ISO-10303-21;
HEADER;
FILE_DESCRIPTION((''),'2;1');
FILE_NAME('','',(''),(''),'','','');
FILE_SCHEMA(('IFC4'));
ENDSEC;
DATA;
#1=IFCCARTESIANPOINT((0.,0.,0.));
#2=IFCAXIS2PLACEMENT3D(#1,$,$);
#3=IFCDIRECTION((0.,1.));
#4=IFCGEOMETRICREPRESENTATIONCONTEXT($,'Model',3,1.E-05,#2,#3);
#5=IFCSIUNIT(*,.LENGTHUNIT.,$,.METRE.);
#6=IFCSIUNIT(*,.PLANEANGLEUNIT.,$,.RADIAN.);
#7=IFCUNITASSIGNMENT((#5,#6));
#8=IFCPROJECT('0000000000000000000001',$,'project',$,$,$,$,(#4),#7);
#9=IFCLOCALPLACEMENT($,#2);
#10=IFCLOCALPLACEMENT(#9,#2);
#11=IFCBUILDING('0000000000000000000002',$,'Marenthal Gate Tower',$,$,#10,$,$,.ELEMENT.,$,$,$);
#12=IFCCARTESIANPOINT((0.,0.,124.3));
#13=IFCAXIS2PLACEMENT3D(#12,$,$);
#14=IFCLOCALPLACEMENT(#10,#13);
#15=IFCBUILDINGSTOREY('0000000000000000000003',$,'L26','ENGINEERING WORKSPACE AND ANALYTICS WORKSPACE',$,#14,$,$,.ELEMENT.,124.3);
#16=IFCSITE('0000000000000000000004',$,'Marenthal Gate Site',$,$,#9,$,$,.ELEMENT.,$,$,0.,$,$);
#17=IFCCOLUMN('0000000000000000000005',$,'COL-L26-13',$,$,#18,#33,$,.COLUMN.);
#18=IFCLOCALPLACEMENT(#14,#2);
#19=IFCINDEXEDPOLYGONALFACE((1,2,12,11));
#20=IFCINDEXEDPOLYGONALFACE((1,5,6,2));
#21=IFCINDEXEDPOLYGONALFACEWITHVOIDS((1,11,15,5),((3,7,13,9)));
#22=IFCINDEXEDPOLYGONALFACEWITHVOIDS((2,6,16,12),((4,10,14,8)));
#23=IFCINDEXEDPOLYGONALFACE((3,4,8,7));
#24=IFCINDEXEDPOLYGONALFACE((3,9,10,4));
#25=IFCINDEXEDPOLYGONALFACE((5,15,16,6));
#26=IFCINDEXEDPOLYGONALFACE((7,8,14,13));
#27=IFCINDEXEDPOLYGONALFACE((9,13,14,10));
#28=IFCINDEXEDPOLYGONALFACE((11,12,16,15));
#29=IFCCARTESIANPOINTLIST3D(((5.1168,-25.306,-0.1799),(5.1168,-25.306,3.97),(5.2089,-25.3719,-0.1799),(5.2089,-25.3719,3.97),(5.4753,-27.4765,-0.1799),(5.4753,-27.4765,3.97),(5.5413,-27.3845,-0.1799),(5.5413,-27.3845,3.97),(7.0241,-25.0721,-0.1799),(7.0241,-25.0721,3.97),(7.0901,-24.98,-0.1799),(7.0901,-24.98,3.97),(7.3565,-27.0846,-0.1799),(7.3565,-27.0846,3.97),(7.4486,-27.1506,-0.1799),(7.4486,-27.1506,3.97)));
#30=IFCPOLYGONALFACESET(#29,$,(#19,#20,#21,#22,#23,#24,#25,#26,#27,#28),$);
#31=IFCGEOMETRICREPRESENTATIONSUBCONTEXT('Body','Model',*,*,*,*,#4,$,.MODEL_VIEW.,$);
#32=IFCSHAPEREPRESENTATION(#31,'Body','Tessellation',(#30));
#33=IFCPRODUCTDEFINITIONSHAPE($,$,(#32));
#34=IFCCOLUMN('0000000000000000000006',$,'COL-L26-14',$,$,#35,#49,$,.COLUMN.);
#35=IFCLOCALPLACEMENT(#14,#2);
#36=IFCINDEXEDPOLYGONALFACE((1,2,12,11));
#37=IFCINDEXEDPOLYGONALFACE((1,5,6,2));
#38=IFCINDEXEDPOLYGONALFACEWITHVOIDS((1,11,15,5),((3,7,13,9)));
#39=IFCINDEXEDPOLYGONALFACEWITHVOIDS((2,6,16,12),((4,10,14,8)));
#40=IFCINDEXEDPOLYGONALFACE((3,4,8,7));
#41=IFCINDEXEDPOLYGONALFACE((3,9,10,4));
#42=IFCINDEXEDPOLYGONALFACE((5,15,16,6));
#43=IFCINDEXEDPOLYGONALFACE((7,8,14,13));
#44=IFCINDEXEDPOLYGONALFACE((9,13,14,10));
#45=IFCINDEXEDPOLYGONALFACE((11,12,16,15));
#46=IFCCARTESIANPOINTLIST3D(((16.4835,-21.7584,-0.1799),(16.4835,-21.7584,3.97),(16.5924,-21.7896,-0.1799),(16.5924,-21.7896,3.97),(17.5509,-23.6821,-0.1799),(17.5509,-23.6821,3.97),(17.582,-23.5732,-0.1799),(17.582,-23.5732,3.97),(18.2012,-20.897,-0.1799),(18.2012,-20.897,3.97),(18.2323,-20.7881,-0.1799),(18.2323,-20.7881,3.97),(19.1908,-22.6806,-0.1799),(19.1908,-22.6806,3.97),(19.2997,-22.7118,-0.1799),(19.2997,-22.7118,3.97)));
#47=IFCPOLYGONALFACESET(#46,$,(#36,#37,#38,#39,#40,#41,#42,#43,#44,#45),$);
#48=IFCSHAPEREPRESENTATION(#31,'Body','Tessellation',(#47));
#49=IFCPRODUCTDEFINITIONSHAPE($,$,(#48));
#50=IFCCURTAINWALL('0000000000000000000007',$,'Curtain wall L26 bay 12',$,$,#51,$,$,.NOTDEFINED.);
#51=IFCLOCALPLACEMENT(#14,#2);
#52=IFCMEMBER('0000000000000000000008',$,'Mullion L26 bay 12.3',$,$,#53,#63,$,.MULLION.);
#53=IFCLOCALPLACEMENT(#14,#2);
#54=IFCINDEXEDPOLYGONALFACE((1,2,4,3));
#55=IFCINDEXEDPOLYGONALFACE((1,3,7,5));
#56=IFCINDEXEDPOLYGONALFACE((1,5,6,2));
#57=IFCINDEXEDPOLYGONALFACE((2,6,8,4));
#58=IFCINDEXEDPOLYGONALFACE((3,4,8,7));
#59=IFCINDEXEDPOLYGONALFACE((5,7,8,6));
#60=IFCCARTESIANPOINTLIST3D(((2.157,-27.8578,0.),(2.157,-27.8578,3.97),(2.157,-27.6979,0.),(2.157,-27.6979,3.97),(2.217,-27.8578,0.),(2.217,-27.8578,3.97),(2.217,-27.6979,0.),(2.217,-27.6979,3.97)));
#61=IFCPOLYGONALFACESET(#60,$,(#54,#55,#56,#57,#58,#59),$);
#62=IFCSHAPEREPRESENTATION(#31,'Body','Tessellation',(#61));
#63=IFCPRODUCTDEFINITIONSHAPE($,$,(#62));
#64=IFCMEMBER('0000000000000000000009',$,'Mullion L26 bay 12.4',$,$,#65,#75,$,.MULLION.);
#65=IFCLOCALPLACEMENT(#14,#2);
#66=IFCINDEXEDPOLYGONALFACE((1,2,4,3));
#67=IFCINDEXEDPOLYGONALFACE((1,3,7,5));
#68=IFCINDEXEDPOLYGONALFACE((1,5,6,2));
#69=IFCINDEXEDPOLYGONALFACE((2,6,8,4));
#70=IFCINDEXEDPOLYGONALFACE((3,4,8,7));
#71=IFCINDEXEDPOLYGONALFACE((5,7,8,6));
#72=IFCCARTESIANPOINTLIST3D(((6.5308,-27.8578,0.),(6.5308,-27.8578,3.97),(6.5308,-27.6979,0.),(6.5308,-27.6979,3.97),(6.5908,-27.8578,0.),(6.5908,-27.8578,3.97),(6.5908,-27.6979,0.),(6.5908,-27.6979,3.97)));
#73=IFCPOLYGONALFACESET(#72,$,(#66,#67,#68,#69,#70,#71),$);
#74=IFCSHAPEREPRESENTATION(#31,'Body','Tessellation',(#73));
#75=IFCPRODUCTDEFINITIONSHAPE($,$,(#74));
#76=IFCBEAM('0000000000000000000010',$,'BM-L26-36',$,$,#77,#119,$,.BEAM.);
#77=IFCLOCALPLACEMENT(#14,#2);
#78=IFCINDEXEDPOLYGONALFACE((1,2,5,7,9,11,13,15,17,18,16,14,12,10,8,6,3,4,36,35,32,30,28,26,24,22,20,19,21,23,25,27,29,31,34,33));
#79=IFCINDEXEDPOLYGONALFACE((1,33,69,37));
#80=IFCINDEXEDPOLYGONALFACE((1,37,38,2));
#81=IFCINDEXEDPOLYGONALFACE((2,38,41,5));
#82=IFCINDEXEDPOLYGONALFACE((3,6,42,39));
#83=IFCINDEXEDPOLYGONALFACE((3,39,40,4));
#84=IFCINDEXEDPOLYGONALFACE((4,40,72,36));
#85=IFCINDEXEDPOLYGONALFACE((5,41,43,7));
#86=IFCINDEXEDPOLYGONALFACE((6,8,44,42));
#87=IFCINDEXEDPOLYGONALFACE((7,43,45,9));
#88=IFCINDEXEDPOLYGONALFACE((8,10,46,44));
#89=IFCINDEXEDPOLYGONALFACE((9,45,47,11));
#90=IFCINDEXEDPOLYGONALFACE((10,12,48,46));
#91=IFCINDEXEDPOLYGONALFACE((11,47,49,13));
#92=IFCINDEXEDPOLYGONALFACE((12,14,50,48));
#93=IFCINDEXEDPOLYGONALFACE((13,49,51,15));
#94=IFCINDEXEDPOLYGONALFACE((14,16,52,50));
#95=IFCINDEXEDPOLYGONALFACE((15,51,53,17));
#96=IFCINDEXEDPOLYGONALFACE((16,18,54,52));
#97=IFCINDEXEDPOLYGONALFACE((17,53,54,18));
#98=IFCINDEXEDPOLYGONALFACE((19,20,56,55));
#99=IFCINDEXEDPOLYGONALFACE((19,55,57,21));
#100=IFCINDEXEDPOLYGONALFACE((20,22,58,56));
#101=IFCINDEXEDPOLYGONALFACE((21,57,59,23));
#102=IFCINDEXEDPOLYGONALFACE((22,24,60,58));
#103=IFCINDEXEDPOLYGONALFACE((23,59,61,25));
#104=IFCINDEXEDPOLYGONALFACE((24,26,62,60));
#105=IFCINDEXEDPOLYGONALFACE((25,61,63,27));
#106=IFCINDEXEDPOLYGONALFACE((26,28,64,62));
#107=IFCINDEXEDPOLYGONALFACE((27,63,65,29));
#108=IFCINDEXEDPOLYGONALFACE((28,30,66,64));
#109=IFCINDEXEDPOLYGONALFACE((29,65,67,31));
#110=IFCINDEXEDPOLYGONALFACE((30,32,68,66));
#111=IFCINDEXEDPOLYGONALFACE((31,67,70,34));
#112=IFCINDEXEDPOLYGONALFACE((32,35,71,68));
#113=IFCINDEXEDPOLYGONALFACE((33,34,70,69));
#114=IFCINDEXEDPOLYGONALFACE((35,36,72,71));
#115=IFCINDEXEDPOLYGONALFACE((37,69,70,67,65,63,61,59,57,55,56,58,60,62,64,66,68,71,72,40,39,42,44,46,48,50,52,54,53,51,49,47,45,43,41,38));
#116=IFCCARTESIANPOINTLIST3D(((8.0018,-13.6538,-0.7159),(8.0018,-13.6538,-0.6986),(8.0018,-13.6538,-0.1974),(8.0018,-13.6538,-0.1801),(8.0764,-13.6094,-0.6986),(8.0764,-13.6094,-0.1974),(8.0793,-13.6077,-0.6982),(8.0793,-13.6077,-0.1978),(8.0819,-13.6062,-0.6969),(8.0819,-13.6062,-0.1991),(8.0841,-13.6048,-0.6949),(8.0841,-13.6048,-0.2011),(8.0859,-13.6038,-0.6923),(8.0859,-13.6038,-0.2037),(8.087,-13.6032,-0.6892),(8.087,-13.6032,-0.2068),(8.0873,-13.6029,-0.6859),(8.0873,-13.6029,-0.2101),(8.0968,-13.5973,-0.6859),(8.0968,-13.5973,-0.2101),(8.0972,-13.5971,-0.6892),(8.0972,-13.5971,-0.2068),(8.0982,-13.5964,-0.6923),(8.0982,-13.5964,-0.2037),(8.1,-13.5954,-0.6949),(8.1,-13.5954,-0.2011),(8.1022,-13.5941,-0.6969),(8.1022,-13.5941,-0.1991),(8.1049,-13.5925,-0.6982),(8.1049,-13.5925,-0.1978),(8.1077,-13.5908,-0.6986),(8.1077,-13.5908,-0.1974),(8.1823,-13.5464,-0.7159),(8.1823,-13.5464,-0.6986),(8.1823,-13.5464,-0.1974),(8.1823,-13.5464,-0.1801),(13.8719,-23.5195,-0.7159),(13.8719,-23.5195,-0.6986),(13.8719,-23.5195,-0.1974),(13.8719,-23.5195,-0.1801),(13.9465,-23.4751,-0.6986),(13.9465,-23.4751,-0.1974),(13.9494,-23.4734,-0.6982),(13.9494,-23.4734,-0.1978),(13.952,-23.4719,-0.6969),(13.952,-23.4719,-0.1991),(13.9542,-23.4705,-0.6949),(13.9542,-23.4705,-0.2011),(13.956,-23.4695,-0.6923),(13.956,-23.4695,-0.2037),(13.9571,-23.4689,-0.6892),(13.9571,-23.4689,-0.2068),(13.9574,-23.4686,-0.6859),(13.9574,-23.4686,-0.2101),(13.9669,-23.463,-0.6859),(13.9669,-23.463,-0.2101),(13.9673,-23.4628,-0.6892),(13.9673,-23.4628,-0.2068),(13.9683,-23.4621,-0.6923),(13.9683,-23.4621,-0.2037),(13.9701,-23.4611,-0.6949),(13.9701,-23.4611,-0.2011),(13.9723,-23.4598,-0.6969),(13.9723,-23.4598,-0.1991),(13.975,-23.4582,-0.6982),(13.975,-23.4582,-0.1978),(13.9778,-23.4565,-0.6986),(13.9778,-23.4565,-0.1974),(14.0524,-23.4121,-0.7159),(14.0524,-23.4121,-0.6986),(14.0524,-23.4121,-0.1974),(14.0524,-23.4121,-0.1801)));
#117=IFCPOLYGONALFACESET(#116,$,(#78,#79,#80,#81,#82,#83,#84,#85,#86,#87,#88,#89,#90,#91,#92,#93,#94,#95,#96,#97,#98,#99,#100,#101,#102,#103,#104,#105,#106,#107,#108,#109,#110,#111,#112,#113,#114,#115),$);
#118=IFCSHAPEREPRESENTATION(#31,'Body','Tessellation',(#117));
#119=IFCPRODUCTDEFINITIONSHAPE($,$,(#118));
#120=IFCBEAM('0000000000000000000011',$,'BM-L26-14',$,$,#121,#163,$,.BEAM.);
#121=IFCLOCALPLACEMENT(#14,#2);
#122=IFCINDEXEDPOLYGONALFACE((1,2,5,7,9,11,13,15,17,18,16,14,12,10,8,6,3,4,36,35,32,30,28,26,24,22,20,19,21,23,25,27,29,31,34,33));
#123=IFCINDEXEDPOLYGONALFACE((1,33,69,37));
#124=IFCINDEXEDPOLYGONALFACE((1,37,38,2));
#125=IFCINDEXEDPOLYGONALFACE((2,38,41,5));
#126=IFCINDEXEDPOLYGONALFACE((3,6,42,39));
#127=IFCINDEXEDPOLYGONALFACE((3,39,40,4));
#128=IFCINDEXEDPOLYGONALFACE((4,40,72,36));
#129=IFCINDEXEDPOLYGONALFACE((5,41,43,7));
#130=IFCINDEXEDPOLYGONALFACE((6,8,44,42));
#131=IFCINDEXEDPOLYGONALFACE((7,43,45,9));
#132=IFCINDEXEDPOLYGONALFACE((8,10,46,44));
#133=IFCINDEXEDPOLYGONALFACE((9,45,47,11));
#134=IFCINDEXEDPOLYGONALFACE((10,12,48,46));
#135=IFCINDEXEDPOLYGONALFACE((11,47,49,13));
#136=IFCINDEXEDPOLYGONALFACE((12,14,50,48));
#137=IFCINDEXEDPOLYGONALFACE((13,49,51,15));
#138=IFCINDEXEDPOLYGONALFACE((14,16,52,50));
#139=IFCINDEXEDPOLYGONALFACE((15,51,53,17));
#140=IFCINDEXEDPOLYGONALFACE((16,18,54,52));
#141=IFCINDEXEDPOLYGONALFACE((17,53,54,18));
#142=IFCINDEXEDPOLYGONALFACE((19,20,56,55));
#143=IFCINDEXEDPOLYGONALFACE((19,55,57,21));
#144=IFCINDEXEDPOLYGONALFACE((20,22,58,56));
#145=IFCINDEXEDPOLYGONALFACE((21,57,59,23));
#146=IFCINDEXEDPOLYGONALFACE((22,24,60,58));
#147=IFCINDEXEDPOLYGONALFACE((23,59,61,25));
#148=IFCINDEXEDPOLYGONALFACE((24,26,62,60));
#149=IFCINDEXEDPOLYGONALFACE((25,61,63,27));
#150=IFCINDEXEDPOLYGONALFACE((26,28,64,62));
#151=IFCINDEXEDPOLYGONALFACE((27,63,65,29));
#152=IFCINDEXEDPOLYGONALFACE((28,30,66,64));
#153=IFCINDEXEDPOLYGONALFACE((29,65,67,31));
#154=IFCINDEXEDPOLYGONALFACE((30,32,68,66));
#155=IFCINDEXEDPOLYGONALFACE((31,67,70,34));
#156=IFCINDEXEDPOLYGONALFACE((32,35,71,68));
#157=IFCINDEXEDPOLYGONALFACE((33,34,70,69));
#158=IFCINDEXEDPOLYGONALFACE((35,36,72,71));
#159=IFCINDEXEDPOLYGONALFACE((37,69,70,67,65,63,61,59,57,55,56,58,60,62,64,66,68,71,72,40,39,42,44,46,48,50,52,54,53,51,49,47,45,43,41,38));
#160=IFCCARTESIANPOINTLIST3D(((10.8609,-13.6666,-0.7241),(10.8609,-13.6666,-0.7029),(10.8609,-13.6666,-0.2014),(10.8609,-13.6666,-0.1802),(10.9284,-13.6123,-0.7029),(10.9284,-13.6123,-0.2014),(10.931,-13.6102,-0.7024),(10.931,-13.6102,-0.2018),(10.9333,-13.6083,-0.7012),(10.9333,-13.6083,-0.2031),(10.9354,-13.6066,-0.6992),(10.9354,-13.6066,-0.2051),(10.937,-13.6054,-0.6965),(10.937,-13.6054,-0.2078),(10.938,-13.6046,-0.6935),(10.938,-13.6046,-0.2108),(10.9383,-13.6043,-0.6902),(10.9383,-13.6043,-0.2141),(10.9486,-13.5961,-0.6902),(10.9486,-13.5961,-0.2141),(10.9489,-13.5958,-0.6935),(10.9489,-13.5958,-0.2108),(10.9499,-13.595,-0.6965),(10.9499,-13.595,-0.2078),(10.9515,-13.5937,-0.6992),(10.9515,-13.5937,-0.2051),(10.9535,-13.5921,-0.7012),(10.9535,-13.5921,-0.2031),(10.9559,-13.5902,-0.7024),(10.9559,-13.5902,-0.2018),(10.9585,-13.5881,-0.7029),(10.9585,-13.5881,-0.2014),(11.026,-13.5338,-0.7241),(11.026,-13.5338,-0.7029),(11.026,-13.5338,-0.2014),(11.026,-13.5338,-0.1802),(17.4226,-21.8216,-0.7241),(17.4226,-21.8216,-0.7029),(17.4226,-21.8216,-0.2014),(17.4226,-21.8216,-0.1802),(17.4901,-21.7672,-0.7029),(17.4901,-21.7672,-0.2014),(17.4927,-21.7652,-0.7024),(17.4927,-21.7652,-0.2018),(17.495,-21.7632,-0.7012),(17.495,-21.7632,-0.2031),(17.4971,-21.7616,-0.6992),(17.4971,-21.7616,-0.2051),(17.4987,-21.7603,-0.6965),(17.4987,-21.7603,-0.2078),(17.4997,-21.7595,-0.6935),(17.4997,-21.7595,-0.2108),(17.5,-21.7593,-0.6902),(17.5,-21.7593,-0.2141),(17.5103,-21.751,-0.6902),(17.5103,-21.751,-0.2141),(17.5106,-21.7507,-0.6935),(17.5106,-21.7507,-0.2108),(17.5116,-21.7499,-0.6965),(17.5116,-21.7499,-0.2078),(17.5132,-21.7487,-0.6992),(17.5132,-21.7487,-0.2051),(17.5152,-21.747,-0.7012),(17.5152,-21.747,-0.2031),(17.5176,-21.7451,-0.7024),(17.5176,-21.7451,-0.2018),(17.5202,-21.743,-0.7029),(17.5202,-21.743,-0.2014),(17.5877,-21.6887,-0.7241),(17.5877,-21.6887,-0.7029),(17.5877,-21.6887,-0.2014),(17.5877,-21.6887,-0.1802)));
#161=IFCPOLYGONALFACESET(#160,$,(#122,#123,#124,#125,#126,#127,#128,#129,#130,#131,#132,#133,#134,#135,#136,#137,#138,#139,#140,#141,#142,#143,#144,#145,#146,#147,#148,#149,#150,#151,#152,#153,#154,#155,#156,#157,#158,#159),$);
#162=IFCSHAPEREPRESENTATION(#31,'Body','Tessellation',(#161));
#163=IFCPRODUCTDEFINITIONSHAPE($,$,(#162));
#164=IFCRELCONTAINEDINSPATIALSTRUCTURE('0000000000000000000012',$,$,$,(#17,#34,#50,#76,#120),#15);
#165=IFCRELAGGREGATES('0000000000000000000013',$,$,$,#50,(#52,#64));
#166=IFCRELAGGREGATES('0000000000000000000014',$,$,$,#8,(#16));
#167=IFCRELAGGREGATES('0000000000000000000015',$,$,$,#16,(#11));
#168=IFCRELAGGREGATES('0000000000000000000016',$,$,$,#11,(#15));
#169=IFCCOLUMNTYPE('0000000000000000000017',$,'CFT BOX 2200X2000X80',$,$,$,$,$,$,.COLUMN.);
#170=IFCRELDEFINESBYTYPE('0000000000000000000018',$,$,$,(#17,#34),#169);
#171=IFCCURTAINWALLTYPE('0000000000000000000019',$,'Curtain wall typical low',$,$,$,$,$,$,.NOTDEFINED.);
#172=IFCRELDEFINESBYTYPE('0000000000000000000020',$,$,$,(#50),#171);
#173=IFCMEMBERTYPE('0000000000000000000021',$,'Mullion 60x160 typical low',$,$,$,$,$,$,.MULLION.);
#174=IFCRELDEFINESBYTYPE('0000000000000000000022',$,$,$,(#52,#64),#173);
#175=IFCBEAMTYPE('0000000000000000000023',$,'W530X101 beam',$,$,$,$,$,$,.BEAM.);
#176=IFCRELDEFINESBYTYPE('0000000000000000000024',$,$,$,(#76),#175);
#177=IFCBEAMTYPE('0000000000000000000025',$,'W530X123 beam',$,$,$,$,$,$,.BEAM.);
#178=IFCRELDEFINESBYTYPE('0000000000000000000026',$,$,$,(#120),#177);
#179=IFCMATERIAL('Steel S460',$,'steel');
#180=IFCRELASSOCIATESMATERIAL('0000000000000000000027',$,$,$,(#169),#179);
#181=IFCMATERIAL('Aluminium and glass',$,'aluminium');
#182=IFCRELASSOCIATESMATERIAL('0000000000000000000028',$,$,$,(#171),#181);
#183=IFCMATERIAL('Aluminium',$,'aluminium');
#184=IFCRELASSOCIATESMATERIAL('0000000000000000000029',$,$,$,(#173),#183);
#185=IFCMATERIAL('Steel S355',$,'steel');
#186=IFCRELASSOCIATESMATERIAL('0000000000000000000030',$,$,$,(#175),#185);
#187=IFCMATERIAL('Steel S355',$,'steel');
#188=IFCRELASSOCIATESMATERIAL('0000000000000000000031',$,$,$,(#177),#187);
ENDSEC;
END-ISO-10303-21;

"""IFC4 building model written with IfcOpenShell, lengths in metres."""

from ifc_helpers import new_model, si_unit, direction, frame, origin, origin_2d, place, context, subcontext, project, spatial, rectangle, hollow_rectangle, i_section, extrude, material, material_profile, profile_set, type_object, element, aggregate, save


model = new_model("IFC4")

# Units and contexts
model_context = context("Model", 3, precision=1e-05, world=origin(), true_north=direction((0.0, 1.0)))
body_context = subcontext(model_context, "Body", "Model", "MODEL_VIEW")
ifc_project = project(units=[si_unit("LENGTHUNIT", "METRE"), si_unit("PLANEANGLEUNIT", "RADIAN")], contexts=[model_context])

# Site, building, storey
site_placement = place(None, origin())
site = spatial("IfcSite", under=ifc_project, at=site_placement, Name="Marenthal Gate Site", CompositionType="ELEMENT", RefElevation=0.0)
building_placement = place(site_placement, origin())
building = spatial("IfcBuilding", under=site, at=building_placement, Name="Marenthal Gate Tower", CompositionType="ELEMENT")
storey_placement = place(building_placement, frame((0.0, 0.0, 124.3)))
storey = spatial("IfcBuildingStorey", under=building, at=storey_placement, Name="L26", Description="ENGINEERING WORKSPACE AND ANALYTICS WORKSPACE", CompositionType="ELEMENT", Elevation=124.3)

# Columns
ifc_material_1 = material(Name="Steel S460", Category="steel")
ifc_material_profile_1 = material_profile(ifc_material_1, hollow_rectangle(XDim=2.0, YDim=2.2, WallThickness=0.0801, at=origin_2d()), Name="CFT BOX 2200X2000X80")
ifc_material_2 = material(Name="Concrete 70 MPa", Category="concrete")
ifc_material_profile_2 = material_profile(ifc_material_2, rectangle(XDim=1.8401, YDim=2.04, at=origin_2d()), Name="CFT BOX 2200X2000X80 INFILL")
ifc_profile_set_1 = profile_set([ifc_material_profile_1, ifc_material_profile_2], Name="Steel S460 shell, Concrete 70 MPa infill")
column_type = type_object("IfcColumnType", Name="CFT BOX 2200X2000X80", PredefinedType="COLUMN", material=ifc_profile_set_1)
for number, where, z_axis, x_axis, name in (
    (1, (6.2827, -26.2283, -0.1799), (0.0, 0.0, 1.0), (-0.986631, -0.162968, 0.0), "COL-L26-13"),
    (2, (17.8916, -22.2351, -0.1799), (0.0, 0.0, 1.0), (-0.874418, -0.485173, 0.0), "COL-L26-14"),
):
    element("IfcColumn", number, at=place(storey_placement, frame(where, z_axis=z_axis, x_axis=x_axis)), inside=storey, type_object=column_type, Name=name, PredefinedType="COLUMN", context=body_context, shape_type="SweptSolid", body=[
        extrude(hollow_rectangle(XDim=2.0, YDim=2.2, WallThickness=0.0801, at=origin_2d()), origin(), (0.0, 0.0, 1.0), 4.1499),
    ])

# Curtain wall, members
ifc_material_3 = material(Name="Aluminium and glass", Category="aluminium")
curtain_wall_type = type_object("IfcCurtainWallType", Name="Curtain wall typical low", PredefinedType="NOTDEFINED", material=ifc_material_3)
curtain_wall_placement = place(storey_placement, origin())
curtain_wall = element("IfcCurtainWall", 3, at=curtain_wall_placement, inside=storey, type_object=curtain_wall_type, Name="Curtain wall L26 bay 12", PredefinedType="NOTDEFINED")
ifc_material_4 = material(Name="Aluminium", Category="aluminium")
ifc_material_profile_3 = material_profile(ifc_material_4, rectangle(XDim=0.1599, YDim=0.0601, at=origin_2d()), Name="60x160 aluminium mullion")
ifc_profile_set_2 = profile_set([ifc_material_profile_3], Name="Aluminium")
member_type = type_object("IfcMemberType", Name="Mullion 60x160 typical low", PredefinedType="MULLION", material=ifc_profile_set_2)
member_1_placement = place(storey_placement, frame((2.187, -27.7778, 0.0), z_axis=(0.0, 0.0, 1.0), x_axis=(0.0, 1.0, 0.0)))
member_1 = element("IfcMember", 4, at=member_1_placement, type_object=member_type, Name="Mullion L26 bay 12.3", PredefinedType="MULLION", context=body_context, shape_type="SweptSolid", body=[
    extrude(rectangle(XDim=0.1599, YDim=0.0601, at=origin_2d()), origin(), (0.0, 0.0, 1.0), 3.97),
])
member_2_placement = place(storey_placement, frame((6.5608, -27.7778, 0.0), z_axis=(0.0, 0.0, 1.0), x_axis=(0.0, 1.0, 0.0)))
member_2 = element("IfcMember", 5, at=member_2_placement, type_object=member_type, Name="Mullion L26 bay 12.4", PredefinedType="MULLION", context=body_context, shape_type="SweptSolid", body=[
    extrude(rectangle(XDim=0.1599, YDim=0.0601, at=origin_2d()), origin(), (0.0, 0.0, 1.0), 3.97),
])

# Beams
ifc_material_5 = material(Name="Steel S355", Category="steel")
ifc_material_profile_4 = material_profile(ifc_material_5, i_section(OverallWidth=0.21, OverallDepth=0.5359, WebThickness=0.011, FlangeThickness=0.0173, FilletRadius=0.0127, at=origin_2d()), Name="W530X101")
ifc_profile_set_3 = profile_set([ifc_material_profile_4], Name="Steel S355")
beam_type_1 = type_object("IfcBeamType", Name="W530X101 beam", PredefinedType="BEAM", material=ifc_profile_set_3)
beam_1_placement = place(storey_placement, frame((13.9622, -23.4658, -0.448), z_axis=(-0.511334, 0.859382, 0.0), x_axis=(-0.859382, -0.511334, 0.0)))
element("IfcBeam", 6, at=beam_1_placement, inside=storey, type_object=beam_type_1, Name="BM-L26-36", PredefinedType="BEAM", context=body_context, shape_type="SweptSolid", body=[
    extrude(i_section(OverallWidth=0.21, OverallDepth=0.5359, WebThickness=0.011, FlangeThickness=0.0173, FilletRadius=0.0127, at=origin_2d()), origin(), (0.0, 0.0, 1.0), 11.48),
])
ifc_material_6 = material(Name="Steel S355", Category="steel")
ifc_material_profile_5 = material_profile(ifc_material_6, i_section(OverallWidth=0.2119, OverallDepth=0.5439, WebThickness=0.0132, FlangeThickness=0.0212, FilletRadius=0.0127, at=origin_2d()), Name="W530X123")
ifc_profile_set_4 = profile_set([ifc_material_profile_5], Name="Steel S355")
beam_type_2 = type_object("IfcBeamType", Name="W530X123 beam", PredefinedType="BEAM", material=ifc_profile_set_4)
beam_2_placement = place(storey_placement, frame((17.5051, -21.7551, -0.4521), z_axis=(-0.626891, 0.779107, 0.0), x_axis=(-0.779107, -0.626891, 0.0)))
element("IfcBeam", 7, at=beam_2_placement, inside=storey, type_object=beam_type_2, Name="BM-L26-14", PredefinedType="BEAM", context=body_context, shape_type="SweptSolid", body=[
    extrude(i_section(OverallWidth=0.2119, OverallDepth=0.5439, WebThickness=0.0132, FlangeThickness=0.0212, FilletRadius=0.0127, at=origin_2d()), origin(), (0.0, 0.0, 1.0), 10.467),
])

aggregate(curtain_wall, [member_1, member_2])

save(model, "model.ifc")
